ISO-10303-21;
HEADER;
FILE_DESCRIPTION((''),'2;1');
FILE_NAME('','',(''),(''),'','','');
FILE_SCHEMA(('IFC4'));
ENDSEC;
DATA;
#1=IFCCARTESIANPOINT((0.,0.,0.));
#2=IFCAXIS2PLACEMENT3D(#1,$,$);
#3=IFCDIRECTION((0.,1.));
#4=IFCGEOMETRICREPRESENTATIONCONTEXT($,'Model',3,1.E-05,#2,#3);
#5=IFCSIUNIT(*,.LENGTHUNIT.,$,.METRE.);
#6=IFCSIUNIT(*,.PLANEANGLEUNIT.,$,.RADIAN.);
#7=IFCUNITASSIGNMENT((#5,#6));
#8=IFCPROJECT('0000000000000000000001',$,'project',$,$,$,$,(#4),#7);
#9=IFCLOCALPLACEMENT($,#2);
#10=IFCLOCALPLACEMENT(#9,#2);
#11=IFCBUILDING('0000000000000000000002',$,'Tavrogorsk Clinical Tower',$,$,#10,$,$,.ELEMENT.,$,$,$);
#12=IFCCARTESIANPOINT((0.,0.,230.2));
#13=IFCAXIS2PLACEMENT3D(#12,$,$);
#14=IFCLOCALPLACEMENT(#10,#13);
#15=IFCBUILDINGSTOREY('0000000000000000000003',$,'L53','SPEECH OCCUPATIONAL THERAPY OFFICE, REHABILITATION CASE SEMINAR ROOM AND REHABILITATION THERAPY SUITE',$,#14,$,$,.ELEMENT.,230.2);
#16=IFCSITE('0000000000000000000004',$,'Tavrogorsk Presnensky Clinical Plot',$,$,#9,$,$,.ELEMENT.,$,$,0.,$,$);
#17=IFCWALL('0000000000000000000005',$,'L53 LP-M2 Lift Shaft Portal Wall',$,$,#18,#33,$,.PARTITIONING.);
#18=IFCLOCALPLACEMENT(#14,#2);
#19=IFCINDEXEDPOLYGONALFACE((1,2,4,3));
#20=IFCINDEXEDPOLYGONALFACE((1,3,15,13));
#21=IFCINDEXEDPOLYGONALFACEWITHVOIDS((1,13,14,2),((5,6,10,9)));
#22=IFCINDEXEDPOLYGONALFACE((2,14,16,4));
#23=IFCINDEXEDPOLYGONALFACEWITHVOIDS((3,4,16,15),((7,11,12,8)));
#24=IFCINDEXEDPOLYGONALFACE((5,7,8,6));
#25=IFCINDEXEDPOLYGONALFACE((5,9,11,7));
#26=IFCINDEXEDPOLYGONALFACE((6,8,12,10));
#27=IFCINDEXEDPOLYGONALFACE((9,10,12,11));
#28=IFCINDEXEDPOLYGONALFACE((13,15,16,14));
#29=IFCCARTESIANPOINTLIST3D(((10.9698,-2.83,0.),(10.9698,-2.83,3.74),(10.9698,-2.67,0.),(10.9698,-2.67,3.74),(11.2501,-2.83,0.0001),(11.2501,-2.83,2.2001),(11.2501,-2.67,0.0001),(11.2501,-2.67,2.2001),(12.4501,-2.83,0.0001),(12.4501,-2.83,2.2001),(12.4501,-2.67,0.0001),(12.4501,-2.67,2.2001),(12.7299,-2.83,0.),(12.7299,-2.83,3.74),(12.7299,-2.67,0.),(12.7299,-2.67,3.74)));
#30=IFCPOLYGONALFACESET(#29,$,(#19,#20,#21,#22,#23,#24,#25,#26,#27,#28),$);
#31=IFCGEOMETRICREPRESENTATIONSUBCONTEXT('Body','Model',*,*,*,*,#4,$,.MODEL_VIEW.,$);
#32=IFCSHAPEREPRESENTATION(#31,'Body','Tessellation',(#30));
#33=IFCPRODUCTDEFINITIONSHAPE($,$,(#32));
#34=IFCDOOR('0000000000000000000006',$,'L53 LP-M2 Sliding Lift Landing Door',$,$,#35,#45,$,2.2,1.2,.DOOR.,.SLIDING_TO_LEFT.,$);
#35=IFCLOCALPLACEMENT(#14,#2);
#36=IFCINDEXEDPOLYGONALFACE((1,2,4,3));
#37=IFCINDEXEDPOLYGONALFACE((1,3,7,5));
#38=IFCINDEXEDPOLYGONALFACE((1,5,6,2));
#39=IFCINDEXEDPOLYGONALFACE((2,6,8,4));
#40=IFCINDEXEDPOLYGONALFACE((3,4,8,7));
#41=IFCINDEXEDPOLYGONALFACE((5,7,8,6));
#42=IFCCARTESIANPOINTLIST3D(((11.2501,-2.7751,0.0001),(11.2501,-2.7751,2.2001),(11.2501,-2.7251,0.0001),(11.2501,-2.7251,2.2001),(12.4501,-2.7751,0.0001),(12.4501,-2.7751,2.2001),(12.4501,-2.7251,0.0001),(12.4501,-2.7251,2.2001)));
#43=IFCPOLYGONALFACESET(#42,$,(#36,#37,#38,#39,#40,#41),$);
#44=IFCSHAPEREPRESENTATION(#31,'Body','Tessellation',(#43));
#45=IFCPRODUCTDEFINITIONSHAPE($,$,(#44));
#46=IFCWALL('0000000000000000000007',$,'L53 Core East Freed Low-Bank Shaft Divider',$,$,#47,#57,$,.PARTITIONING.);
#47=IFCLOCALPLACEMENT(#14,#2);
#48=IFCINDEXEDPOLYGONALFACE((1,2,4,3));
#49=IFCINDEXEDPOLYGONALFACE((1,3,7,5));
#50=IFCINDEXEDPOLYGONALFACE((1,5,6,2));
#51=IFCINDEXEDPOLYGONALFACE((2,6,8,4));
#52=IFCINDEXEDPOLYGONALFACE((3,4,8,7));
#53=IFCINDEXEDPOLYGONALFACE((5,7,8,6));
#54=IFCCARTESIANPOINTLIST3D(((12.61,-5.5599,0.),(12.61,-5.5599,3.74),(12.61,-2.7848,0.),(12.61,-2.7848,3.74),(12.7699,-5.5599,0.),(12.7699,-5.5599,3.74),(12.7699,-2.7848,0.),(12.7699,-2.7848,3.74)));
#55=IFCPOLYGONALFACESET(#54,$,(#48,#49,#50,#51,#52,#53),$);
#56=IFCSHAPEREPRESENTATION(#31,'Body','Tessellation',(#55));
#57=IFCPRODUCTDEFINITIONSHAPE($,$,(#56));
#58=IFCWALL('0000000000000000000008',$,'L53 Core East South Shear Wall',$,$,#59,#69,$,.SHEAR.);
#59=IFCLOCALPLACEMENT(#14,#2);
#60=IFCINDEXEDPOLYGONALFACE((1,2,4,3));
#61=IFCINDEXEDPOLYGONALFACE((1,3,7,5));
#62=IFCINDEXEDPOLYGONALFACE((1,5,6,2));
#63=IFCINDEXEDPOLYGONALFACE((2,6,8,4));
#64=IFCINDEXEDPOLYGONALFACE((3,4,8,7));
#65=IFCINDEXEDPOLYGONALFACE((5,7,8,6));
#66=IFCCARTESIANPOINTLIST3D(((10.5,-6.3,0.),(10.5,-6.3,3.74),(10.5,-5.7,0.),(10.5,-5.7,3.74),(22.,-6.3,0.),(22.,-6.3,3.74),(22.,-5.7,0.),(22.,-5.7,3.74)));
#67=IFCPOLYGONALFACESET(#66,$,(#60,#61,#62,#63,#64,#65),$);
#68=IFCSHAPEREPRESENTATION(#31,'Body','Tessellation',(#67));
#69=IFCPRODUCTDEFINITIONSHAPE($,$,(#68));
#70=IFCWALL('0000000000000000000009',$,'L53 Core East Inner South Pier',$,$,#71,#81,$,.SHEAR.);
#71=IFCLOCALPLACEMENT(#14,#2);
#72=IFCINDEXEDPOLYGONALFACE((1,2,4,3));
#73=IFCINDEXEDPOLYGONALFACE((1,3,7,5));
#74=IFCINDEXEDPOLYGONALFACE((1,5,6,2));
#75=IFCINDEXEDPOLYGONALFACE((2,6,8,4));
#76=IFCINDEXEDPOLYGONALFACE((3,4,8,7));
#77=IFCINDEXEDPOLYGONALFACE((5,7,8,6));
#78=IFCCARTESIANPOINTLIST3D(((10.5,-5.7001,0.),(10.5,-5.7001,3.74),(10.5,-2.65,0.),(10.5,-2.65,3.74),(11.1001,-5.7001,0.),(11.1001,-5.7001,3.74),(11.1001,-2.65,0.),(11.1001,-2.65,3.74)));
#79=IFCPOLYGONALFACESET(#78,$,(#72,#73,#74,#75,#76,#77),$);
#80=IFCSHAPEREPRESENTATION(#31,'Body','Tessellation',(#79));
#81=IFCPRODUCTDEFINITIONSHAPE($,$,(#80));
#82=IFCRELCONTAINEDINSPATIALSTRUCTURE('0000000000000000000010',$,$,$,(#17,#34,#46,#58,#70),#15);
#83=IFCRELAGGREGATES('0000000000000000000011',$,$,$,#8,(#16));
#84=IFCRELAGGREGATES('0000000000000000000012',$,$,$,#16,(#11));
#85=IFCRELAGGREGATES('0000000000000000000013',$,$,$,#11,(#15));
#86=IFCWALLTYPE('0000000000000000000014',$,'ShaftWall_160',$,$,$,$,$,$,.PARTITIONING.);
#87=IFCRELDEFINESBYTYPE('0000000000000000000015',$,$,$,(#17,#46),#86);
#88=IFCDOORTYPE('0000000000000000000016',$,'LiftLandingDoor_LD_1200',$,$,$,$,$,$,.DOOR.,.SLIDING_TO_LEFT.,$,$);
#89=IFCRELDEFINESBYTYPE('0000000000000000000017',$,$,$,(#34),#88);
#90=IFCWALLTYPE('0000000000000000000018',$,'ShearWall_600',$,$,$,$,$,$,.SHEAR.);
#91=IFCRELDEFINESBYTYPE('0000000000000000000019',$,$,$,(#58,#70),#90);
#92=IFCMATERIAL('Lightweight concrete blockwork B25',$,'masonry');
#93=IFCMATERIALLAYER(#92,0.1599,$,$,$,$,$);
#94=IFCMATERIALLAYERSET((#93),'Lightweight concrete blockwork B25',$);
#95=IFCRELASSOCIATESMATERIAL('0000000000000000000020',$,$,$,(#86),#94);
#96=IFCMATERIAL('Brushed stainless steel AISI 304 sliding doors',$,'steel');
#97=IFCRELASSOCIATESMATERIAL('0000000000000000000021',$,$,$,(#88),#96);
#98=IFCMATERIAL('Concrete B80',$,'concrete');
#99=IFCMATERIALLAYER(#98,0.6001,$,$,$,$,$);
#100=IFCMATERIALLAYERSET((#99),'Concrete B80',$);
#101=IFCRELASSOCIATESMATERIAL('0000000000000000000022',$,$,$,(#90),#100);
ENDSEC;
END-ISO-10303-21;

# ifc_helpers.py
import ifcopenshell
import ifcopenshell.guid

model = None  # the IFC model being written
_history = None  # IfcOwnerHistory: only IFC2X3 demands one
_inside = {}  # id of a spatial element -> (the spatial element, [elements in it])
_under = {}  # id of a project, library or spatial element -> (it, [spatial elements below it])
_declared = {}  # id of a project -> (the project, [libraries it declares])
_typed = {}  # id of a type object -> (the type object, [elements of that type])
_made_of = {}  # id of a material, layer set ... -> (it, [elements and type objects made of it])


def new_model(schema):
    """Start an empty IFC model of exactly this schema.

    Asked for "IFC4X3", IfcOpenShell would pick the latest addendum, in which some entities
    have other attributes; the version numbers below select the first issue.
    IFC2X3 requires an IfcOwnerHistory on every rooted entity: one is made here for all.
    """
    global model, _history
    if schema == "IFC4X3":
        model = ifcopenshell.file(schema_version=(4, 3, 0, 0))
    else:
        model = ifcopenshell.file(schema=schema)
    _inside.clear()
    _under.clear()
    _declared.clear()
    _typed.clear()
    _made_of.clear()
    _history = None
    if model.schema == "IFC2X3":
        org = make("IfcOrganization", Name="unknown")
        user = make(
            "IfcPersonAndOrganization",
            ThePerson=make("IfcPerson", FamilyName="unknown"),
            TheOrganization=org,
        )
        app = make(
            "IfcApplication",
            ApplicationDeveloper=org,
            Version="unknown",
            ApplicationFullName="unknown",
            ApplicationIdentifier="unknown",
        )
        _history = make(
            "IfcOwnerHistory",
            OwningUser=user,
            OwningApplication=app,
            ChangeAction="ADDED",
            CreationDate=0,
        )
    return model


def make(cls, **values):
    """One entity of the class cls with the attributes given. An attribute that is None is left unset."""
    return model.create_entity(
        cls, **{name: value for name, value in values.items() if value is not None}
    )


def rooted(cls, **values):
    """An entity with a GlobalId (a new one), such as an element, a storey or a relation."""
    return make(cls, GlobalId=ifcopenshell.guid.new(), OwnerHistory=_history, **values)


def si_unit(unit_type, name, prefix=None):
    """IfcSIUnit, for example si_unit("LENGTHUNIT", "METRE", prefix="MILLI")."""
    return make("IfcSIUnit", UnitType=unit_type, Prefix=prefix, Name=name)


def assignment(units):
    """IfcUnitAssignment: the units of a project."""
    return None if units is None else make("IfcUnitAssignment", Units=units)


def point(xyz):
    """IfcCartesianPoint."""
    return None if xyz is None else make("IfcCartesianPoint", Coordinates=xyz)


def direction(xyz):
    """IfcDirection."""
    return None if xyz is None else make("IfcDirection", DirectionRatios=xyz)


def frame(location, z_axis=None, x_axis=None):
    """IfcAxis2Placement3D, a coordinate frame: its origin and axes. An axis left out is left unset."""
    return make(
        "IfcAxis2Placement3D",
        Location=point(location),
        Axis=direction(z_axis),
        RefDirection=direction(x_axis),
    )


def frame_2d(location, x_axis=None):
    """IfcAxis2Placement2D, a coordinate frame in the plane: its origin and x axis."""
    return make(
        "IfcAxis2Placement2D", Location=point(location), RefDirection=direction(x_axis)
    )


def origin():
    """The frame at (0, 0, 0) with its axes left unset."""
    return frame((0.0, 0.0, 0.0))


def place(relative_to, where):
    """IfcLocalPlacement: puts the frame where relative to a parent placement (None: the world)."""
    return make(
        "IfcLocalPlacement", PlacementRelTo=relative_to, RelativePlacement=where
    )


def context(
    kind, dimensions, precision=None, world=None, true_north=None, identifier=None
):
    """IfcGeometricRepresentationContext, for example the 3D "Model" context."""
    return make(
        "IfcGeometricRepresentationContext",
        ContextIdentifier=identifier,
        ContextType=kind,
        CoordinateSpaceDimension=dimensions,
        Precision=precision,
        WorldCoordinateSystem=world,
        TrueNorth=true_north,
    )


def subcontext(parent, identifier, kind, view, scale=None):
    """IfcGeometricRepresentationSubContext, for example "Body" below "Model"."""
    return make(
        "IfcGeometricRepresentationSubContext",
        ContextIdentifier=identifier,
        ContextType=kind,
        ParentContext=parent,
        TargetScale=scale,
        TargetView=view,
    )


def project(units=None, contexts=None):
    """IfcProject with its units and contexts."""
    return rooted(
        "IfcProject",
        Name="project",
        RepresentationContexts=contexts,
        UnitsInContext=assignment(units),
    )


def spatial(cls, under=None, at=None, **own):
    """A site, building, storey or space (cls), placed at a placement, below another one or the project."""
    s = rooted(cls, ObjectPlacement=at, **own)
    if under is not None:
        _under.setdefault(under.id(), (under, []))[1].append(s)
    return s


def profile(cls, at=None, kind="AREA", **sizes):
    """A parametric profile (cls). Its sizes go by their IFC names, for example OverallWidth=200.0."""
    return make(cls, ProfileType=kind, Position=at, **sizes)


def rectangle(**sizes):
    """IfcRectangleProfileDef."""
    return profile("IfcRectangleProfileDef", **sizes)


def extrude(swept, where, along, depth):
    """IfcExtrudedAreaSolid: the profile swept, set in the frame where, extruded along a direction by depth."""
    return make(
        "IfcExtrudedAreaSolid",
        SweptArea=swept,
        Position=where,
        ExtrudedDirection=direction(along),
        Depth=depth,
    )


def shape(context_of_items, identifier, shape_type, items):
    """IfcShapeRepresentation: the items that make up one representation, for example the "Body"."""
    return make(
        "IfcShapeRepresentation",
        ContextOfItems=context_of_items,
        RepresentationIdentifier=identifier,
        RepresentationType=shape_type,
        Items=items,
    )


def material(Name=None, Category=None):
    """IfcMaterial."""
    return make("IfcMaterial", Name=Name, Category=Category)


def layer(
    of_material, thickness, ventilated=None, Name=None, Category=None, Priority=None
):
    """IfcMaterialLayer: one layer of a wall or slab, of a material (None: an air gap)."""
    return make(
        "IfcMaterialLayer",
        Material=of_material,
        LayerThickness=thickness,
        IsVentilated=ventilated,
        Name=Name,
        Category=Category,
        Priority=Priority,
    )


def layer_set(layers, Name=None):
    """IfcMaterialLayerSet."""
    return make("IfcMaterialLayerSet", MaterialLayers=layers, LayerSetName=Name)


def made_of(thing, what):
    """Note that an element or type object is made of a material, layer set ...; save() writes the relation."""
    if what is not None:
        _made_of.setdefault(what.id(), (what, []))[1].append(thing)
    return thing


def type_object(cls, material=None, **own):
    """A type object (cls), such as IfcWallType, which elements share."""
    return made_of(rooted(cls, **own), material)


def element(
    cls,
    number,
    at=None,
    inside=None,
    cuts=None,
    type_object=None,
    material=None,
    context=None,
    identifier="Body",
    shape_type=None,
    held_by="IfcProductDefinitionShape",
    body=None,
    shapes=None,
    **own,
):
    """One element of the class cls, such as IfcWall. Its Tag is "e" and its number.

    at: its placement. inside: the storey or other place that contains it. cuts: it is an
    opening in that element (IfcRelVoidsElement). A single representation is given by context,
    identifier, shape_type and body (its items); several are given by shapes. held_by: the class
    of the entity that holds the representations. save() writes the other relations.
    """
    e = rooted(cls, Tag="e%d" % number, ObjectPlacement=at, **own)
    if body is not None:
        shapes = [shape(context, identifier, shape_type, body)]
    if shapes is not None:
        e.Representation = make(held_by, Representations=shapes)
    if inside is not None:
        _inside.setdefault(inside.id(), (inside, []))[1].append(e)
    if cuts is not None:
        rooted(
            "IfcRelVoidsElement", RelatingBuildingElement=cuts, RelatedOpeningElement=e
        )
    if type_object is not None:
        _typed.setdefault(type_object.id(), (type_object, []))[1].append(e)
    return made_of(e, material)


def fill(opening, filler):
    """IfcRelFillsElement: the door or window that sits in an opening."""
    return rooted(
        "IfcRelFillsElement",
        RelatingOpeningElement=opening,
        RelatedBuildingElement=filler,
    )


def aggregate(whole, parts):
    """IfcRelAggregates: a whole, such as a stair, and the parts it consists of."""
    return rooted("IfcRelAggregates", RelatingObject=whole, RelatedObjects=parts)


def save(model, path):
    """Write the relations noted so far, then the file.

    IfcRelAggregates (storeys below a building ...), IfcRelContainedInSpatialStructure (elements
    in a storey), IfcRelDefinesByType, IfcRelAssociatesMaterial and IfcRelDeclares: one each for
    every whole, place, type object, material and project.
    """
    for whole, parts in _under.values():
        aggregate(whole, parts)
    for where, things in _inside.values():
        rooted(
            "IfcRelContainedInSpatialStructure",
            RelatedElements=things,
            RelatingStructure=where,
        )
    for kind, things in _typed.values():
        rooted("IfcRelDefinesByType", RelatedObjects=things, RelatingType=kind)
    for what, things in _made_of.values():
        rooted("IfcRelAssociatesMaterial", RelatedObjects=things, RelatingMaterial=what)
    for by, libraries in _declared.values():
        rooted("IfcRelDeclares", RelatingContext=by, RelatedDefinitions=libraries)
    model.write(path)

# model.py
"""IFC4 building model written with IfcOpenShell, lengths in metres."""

from ifc_helpers import new_model, si_unit, direction, frame, frame_2d, origin, place, context, subcontext, project, spatial, rectangle, extrude, material, layer, layer_set, type_object, element, fill, save


model = new_model("IFC4")

# Units and contexts
model_context = context("Model", 3, precision=1e-05, world=origin(), true_north=direction((0.0, 1.0)))
body_context = subcontext(model_context, "Body", "Model", "MODEL_VIEW")
ifc_project = project(units=[si_unit("LENGTHUNIT", "METRE"), si_unit("PLANEANGLEUNIT", "RADIAN")], contexts=[model_context])

# Site, building, storey
site_placement = place(None, origin())
site = spatial("IfcSite", under=ifc_project, at=site_placement, Name="Tavrogorsk Presnensky Clinical Plot", CompositionType="ELEMENT", RefElevation=0.0)
building_placement = place(site_placement, origin())
building = spatial("IfcBuilding", under=site, at=building_placement, Name="Tavrogorsk Clinical Tower", CompositionType="ELEMENT")
storey_placement = place(building_placement, frame((0.0, 0.0, 230.2)))
storey = spatial("IfcBuildingStorey", under=building, at=storey_placement, Name="L53", Description="SPEECH OCCUPATIONAL THERAPY OFFICE, REHABILITATION CASE SEMINAR ROOM AND REHABILITATION THERAPY SUITE", CompositionType="ELEMENT", Elevation=230.2)

# Wall, opening, door
ifc_material_1 = material(Name="Lightweight concrete blockwork B25", Category="masonry")
ifc_layer_1 = layer(ifc_material_1, 0.1599)
ifc_layer_set_1 = layer_set([ifc_layer_1], Name="Lightweight concrete blockwork B25")
wall_type_1 = type_object("IfcWallType", Name="ShaftWall_160", PredefinedType="PARTITIONING", material=ifc_layer_set_1)
wall_1_placement = place(storey_placement, frame((10.97, -2.75, 0.0), z_axis=(0.0, 0.0, 1.0), x_axis=(1.0, 0.0, 0.0)))
wall_1 = element("IfcWall", 1, at=wall_1_placement, inside=storey, type_object=wall_type_1, Name="L53 LP-M2 Lift Shaft Portal Wall", PredefinedType="PARTITIONING", context=body_context, shape_type="SweptSolid", body=[
    extrude(rectangle(XDim=1.76, YDim=0.1599, at=frame_2d((0.8799, 0.0))), origin(), (0.0, 0.0, 1.0), 3.74),
])
opening_1_placement = place(wall_1_placement, frame((0.28, 0.0, 0.0)))
opening_1 = element("IfcOpeningElement", 2, at=opening_1_placement, cuts=wall_1, PredefinedType="OPENING", context=body_context, shape_type="SweptSolid", body=[
    extrude(rectangle(XDim=1.2, YDim=2.2, at=frame_2d((0.6001, 1.1001))), frame((0.0, 0.0898, 0.0), z_axis=(0.0, -1.0, 0.0), x_axis=(1.0, 0.0, 0.0)), (0.0, 0.0, 1.0), 0.1799),
])
ifc_material_2 = material(Name="Brushed stainless steel AISI 304 sliding doors", Category="steel")
door_type_1 = type_object("IfcDoorType", Name="LiftLandingDoor_LD_1200", OperationType="SLIDING_TO_LEFT", PredefinedType="DOOR", material=ifc_material_2)
door_1_placement = place(opening_1_placement, origin())
door_1 = element("IfcDoor", 3, at=door_1_placement, inside=storey, type_object=door_type_1, Name="L53 LP-M2 Sliding Lift Landing Door", OperationType="SLIDING_TO_LEFT", OverallHeight=2.2, OverallWidth=1.2, PredefinedType="DOOR", context=body_context, shape_type="SweptSolid", body=[
    extrude(rectangle(XDim=1.2, YDim=2.2, at=frame_2d((0.6001, 1.1001))), frame((0.0, 0.0249, 0.0), z_axis=(0.0, -1.0, 0.0), x_axis=(1.0, 0.0, 0.0)), (0.0, 0.0, 1.0), 0.05),
])
fill(opening_1, door_1)

# Walls
wall_2_placement = place(storey_placement, frame((12.6899, -5.5601, 0.0), z_axis=(0.0, 0.0, 1.0), x_axis=(0.0, 1.0, 0.0)))
element("IfcWall", 4, at=wall_2_placement, inside=storey, type_object=wall_type_1, Name="L53 Core East Freed Low-Bank Shaft Divider", PredefinedType="PARTITIONING", context=body_context, shape_type="SweptSolid", body=[
    extrude(rectangle(XDim=2.7751, YDim=0.1599, at=frame_2d((1.3877, 0.0))), origin(), (0.0, 0.0, 1.0), 3.74),
])
ifc_material_3 = material(Name="Concrete B80", Category="concrete")
ifc_layer_2 = layer(ifc_material_3, 0.6001)
ifc_layer_set_2 = layer_set([ifc_layer_2], Name="Concrete B80")
wall_type_2 = type_object("IfcWallType", Name="ShearWall_600", PredefinedType="SHEAR", material=ifc_layer_set_2)
wall_3_placement = place(storey_placement, frame((10.5, -6.0, 0.0), z_axis=(0.0, 0.0, 1.0), x_axis=(1.0, 0.0, 0.0)))
element("IfcWall", 5, at=wall_3_placement, inside=storey, type_object=wall_type_2, Name="L53 Core East South Shear Wall", PredefinedType="SHEAR", context=body_context, shape_type="SweptSolid", body=[
    extrude(rectangle(XDim=11.5, YDim=0.6001, at=frame_2d((5.75, 0.0))), origin(), (0.0, 0.0, 1.0), 3.74),
])
wall_4_placement = place(storey_placement, frame((10.8, -5.7, 0.0), z_axis=(0.0, 0.0, 1.0), x_axis=(0.0, 1.0, 0.0)))
element("IfcWall", 6, at=wall_4_placement, inside=storey, type_object=wall_type_2, Name="L53 Core East Inner South Pier", PredefinedType="SHEAR", context=body_context, shape_type="SweptSolid", body=[
    extrude(rectangle(XDim=3.05, YDim=0.6001, at=frame_2d((1.5249, 0.0))), origin(), (0.0, 0.0, 1.0), 3.74),
])

save(model, "model.ifc")
